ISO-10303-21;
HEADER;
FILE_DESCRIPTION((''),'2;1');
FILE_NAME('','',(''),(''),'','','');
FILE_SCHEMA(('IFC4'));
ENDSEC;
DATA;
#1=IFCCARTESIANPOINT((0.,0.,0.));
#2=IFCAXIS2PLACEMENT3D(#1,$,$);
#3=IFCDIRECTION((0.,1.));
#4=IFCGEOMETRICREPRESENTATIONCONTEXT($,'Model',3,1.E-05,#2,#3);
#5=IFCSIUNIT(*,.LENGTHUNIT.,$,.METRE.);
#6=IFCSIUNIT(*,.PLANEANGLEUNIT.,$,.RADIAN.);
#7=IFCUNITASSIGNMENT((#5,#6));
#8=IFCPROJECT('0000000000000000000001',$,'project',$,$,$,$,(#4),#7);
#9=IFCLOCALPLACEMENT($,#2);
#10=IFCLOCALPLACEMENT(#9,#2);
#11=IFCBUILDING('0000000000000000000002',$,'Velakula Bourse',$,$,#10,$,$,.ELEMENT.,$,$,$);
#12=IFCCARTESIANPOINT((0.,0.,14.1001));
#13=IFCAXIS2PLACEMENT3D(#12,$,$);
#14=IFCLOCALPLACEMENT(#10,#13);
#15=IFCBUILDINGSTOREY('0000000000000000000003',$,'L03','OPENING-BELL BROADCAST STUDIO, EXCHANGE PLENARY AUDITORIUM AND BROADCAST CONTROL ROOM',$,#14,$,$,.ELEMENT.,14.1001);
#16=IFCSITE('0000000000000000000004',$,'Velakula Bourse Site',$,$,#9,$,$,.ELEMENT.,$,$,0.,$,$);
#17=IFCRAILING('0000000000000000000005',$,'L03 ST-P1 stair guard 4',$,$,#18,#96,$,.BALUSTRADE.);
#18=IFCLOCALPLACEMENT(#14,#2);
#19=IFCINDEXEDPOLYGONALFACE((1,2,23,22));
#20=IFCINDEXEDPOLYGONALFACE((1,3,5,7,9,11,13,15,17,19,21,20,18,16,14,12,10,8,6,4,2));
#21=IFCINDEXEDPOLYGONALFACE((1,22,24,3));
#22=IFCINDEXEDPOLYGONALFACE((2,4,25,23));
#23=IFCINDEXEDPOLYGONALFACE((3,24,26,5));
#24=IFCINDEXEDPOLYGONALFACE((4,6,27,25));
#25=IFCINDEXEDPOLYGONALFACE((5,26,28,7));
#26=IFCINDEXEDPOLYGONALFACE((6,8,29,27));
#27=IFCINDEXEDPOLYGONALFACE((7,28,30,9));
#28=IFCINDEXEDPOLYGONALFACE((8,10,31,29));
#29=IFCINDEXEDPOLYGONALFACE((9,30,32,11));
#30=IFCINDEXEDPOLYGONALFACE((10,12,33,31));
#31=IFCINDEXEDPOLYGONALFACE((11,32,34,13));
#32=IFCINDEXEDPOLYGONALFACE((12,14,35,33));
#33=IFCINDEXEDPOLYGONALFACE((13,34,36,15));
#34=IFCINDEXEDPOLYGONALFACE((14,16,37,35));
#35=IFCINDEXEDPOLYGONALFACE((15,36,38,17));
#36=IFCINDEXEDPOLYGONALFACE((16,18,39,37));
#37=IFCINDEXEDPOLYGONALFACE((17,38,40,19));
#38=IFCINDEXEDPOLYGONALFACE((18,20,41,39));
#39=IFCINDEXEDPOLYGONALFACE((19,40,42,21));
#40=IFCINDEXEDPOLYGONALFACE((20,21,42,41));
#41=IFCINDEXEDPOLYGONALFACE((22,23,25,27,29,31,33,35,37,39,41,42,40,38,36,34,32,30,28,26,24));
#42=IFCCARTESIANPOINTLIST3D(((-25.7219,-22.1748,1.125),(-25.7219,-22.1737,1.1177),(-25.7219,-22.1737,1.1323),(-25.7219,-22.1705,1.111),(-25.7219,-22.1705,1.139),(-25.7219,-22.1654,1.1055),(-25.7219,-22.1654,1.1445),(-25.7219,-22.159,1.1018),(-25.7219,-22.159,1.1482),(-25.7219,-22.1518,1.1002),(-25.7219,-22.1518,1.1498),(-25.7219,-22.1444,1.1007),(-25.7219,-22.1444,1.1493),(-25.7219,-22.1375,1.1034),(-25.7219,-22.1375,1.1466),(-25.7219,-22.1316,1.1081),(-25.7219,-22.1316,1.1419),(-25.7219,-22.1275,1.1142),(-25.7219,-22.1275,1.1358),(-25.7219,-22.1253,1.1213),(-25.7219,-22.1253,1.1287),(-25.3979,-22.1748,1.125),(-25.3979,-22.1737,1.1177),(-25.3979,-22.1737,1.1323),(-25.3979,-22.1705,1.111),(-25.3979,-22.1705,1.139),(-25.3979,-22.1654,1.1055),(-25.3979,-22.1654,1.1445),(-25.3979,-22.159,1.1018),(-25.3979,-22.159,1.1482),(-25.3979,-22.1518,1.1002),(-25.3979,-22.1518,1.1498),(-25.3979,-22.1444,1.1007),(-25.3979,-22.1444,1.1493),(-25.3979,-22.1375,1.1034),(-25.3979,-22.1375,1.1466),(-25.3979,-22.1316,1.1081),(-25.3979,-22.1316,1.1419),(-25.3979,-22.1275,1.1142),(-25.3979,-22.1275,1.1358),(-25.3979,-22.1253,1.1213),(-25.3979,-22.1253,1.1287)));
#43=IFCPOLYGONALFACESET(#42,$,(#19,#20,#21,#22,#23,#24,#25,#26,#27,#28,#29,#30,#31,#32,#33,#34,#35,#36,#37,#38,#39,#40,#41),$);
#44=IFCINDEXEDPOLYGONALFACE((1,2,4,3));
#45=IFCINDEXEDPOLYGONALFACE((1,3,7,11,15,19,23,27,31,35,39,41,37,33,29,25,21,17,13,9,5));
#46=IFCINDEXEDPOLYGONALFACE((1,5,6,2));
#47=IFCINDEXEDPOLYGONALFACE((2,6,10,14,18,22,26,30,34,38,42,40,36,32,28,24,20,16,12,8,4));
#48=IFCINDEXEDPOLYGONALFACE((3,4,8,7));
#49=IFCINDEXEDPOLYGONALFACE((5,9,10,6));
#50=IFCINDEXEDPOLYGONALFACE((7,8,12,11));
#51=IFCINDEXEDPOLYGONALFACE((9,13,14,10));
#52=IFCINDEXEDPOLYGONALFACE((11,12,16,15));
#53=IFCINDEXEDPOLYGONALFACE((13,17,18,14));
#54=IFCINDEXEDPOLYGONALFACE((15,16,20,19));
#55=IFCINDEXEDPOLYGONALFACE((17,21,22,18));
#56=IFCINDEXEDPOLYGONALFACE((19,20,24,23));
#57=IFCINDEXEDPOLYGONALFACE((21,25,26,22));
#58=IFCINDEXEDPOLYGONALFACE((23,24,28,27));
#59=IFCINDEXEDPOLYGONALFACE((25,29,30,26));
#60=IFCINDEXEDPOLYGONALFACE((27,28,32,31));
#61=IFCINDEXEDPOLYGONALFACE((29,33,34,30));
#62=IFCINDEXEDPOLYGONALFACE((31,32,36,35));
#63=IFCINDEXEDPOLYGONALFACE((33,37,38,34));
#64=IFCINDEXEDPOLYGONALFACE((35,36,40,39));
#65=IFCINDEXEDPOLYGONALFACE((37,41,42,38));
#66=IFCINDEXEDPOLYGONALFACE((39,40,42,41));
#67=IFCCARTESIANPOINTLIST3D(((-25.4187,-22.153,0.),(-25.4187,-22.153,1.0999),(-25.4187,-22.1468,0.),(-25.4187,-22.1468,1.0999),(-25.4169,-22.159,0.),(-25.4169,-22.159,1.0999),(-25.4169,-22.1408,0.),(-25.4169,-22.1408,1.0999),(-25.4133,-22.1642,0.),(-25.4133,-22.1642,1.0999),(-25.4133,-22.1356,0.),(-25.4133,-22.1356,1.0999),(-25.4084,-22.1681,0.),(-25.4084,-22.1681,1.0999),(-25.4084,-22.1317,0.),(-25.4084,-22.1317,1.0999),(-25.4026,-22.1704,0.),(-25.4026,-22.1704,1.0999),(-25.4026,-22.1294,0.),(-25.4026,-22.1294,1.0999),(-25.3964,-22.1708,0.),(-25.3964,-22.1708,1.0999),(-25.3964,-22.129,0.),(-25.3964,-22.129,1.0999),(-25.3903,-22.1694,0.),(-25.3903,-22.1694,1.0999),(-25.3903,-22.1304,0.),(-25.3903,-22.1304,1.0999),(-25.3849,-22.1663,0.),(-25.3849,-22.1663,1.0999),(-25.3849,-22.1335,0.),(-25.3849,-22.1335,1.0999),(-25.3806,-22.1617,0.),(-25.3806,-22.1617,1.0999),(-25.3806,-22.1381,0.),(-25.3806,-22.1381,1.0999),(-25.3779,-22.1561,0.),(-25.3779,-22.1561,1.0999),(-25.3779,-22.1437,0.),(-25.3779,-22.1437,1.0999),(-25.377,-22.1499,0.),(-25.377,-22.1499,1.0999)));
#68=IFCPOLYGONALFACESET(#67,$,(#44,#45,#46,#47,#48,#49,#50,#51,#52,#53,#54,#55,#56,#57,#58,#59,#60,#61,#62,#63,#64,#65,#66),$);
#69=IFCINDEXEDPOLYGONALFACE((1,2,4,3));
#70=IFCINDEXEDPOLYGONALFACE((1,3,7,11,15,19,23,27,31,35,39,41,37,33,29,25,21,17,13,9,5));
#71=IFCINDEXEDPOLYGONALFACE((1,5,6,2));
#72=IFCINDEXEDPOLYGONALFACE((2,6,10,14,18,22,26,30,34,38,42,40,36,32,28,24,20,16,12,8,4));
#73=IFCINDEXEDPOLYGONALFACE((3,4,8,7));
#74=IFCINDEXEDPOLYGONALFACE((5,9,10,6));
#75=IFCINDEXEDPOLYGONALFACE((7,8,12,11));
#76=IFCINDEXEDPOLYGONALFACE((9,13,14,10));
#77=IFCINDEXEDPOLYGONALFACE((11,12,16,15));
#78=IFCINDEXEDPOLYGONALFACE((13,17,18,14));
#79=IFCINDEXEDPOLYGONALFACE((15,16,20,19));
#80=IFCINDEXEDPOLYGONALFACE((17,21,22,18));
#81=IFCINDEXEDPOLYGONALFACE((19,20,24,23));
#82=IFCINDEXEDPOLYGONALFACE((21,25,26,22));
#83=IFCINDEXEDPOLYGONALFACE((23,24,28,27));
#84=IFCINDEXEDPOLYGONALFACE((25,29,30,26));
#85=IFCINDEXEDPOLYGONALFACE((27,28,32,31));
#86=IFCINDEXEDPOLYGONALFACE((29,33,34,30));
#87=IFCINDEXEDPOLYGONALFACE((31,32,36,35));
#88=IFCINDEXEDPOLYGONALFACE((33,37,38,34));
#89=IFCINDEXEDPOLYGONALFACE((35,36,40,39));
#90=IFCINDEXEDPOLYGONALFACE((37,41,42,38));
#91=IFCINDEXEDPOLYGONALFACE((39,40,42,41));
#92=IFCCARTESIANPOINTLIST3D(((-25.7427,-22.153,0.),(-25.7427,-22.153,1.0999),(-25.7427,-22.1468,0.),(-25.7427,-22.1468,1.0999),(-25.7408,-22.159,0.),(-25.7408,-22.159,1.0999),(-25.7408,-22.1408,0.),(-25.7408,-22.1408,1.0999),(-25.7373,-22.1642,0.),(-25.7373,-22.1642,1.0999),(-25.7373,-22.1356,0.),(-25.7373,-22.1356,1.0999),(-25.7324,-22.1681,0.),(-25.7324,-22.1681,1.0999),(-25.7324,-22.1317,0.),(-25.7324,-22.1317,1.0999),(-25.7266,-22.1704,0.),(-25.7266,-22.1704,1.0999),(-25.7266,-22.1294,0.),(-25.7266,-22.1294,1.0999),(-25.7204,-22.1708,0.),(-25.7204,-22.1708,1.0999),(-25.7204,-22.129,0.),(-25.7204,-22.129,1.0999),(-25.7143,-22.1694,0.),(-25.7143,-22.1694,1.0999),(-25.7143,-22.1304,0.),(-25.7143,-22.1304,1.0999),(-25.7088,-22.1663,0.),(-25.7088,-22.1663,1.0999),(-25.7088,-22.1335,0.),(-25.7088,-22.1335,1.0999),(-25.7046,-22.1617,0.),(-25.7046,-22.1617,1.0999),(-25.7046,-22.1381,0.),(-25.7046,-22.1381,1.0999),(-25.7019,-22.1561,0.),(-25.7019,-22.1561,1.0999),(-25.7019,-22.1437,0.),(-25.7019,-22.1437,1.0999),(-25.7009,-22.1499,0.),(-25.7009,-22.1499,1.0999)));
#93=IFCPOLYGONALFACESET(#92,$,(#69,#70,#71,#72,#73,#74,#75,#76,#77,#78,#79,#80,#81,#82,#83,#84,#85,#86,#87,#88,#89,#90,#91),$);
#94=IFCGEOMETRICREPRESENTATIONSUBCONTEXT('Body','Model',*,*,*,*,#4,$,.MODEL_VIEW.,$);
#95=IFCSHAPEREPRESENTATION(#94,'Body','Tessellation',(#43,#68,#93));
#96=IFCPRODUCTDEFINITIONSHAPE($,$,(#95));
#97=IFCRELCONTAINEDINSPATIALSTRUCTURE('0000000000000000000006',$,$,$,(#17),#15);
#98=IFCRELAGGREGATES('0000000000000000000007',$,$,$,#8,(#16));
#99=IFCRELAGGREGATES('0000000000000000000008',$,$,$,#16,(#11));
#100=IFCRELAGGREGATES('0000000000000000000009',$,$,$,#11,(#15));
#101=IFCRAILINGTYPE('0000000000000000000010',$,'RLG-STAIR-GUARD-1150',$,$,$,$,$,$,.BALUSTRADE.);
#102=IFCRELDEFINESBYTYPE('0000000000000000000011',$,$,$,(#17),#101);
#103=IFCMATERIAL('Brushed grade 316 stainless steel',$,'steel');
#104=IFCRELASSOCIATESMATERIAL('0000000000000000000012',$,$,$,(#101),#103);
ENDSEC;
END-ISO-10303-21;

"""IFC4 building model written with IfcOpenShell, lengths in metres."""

from ifc_helpers import new_model, si_unit, direction, frame, origin, origin_2d, place, context, subcontext, project, spatial, circle, extrude, material, type_object, element, save


model = new_model("IFC4")

# Units and contexts
model_context = context("Model", 3, precision=1e-05, world=origin(), true_north=direction((0.0, 1.0)))
body_context = subcontext(model_context, "Body", "Model", "MODEL_VIEW")
ifc_project = project(units=[si_unit("LENGTHUNIT", "METRE"), si_unit("PLANEANGLEUNIT", "RADIAN")], contexts=[model_context])

# Site, building, storey
site_placement = place(None, origin())
site = spatial("IfcSite", under=ifc_project, at=site_placement, Name="Velakula Bourse Site", CompositionType="ELEMENT", RefElevation=0.0)
building_placement = place(site_placement, origin())
building = spatial("IfcBuilding", under=site, at=building_placement, Name="Velakula Bourse", CompositionType="ELEMENT")
storey_placement = place(building_placement, frame((0.0, 0.0, 14.1001)))
storey = spatial("IfcBuildingStorey", under=building, at=storey_placement, Name="L03", Description="OPENING-BELL BROADCAST STUDIO, EXCHANGE PLENARY AUDITORIUM AND BROADCAST CONTROL ROOM", CompositionType="ELEMENT", Elevation=14.1001)

# Railing
ifc_material_1 = material(Name="Brushed grade 316 stainless steel", Category="steel")
railing_type_1 = type_object("IfcRailingType", Name="RLG-STAIR-GUARD-1150", PredefinedType="BALUSTRADE", material=ifc_material_1)
railing_1_placement = place(storey_placement, frame((-25.3979, -22.1499, 0.0)))
element("IfcRailing", 1, at=railing_1_placement, inside=storey, type_object=railing_type_1, Name="L03 ST-P1 stair guard 4", PredefinedType="BALUSTRADE", context=body_context, shape_type="SweptSolid", body=[
    extrude(circle(Radius=0.0249, at=origin_2d()), frame((0.0, 0.0, 1.125), z_axis=(-1.0, 0.0, 0.0), x_axis=(0.0, -1.0, 0.0)), (0.0, 0.0, 1.0), 0.324),
    extrude(circle(Radius=0.021, at=origin_2d()), origin(), (0.0, 0.0, 1.0), 1.0999),
    extrude(circle(Radius=0.021, at=origin_2d()), frame((-0.324, 0.0, 0.0)), (0.0, 0.0, 1.0), 1.0999),
])

save(model, "model.ifc")
